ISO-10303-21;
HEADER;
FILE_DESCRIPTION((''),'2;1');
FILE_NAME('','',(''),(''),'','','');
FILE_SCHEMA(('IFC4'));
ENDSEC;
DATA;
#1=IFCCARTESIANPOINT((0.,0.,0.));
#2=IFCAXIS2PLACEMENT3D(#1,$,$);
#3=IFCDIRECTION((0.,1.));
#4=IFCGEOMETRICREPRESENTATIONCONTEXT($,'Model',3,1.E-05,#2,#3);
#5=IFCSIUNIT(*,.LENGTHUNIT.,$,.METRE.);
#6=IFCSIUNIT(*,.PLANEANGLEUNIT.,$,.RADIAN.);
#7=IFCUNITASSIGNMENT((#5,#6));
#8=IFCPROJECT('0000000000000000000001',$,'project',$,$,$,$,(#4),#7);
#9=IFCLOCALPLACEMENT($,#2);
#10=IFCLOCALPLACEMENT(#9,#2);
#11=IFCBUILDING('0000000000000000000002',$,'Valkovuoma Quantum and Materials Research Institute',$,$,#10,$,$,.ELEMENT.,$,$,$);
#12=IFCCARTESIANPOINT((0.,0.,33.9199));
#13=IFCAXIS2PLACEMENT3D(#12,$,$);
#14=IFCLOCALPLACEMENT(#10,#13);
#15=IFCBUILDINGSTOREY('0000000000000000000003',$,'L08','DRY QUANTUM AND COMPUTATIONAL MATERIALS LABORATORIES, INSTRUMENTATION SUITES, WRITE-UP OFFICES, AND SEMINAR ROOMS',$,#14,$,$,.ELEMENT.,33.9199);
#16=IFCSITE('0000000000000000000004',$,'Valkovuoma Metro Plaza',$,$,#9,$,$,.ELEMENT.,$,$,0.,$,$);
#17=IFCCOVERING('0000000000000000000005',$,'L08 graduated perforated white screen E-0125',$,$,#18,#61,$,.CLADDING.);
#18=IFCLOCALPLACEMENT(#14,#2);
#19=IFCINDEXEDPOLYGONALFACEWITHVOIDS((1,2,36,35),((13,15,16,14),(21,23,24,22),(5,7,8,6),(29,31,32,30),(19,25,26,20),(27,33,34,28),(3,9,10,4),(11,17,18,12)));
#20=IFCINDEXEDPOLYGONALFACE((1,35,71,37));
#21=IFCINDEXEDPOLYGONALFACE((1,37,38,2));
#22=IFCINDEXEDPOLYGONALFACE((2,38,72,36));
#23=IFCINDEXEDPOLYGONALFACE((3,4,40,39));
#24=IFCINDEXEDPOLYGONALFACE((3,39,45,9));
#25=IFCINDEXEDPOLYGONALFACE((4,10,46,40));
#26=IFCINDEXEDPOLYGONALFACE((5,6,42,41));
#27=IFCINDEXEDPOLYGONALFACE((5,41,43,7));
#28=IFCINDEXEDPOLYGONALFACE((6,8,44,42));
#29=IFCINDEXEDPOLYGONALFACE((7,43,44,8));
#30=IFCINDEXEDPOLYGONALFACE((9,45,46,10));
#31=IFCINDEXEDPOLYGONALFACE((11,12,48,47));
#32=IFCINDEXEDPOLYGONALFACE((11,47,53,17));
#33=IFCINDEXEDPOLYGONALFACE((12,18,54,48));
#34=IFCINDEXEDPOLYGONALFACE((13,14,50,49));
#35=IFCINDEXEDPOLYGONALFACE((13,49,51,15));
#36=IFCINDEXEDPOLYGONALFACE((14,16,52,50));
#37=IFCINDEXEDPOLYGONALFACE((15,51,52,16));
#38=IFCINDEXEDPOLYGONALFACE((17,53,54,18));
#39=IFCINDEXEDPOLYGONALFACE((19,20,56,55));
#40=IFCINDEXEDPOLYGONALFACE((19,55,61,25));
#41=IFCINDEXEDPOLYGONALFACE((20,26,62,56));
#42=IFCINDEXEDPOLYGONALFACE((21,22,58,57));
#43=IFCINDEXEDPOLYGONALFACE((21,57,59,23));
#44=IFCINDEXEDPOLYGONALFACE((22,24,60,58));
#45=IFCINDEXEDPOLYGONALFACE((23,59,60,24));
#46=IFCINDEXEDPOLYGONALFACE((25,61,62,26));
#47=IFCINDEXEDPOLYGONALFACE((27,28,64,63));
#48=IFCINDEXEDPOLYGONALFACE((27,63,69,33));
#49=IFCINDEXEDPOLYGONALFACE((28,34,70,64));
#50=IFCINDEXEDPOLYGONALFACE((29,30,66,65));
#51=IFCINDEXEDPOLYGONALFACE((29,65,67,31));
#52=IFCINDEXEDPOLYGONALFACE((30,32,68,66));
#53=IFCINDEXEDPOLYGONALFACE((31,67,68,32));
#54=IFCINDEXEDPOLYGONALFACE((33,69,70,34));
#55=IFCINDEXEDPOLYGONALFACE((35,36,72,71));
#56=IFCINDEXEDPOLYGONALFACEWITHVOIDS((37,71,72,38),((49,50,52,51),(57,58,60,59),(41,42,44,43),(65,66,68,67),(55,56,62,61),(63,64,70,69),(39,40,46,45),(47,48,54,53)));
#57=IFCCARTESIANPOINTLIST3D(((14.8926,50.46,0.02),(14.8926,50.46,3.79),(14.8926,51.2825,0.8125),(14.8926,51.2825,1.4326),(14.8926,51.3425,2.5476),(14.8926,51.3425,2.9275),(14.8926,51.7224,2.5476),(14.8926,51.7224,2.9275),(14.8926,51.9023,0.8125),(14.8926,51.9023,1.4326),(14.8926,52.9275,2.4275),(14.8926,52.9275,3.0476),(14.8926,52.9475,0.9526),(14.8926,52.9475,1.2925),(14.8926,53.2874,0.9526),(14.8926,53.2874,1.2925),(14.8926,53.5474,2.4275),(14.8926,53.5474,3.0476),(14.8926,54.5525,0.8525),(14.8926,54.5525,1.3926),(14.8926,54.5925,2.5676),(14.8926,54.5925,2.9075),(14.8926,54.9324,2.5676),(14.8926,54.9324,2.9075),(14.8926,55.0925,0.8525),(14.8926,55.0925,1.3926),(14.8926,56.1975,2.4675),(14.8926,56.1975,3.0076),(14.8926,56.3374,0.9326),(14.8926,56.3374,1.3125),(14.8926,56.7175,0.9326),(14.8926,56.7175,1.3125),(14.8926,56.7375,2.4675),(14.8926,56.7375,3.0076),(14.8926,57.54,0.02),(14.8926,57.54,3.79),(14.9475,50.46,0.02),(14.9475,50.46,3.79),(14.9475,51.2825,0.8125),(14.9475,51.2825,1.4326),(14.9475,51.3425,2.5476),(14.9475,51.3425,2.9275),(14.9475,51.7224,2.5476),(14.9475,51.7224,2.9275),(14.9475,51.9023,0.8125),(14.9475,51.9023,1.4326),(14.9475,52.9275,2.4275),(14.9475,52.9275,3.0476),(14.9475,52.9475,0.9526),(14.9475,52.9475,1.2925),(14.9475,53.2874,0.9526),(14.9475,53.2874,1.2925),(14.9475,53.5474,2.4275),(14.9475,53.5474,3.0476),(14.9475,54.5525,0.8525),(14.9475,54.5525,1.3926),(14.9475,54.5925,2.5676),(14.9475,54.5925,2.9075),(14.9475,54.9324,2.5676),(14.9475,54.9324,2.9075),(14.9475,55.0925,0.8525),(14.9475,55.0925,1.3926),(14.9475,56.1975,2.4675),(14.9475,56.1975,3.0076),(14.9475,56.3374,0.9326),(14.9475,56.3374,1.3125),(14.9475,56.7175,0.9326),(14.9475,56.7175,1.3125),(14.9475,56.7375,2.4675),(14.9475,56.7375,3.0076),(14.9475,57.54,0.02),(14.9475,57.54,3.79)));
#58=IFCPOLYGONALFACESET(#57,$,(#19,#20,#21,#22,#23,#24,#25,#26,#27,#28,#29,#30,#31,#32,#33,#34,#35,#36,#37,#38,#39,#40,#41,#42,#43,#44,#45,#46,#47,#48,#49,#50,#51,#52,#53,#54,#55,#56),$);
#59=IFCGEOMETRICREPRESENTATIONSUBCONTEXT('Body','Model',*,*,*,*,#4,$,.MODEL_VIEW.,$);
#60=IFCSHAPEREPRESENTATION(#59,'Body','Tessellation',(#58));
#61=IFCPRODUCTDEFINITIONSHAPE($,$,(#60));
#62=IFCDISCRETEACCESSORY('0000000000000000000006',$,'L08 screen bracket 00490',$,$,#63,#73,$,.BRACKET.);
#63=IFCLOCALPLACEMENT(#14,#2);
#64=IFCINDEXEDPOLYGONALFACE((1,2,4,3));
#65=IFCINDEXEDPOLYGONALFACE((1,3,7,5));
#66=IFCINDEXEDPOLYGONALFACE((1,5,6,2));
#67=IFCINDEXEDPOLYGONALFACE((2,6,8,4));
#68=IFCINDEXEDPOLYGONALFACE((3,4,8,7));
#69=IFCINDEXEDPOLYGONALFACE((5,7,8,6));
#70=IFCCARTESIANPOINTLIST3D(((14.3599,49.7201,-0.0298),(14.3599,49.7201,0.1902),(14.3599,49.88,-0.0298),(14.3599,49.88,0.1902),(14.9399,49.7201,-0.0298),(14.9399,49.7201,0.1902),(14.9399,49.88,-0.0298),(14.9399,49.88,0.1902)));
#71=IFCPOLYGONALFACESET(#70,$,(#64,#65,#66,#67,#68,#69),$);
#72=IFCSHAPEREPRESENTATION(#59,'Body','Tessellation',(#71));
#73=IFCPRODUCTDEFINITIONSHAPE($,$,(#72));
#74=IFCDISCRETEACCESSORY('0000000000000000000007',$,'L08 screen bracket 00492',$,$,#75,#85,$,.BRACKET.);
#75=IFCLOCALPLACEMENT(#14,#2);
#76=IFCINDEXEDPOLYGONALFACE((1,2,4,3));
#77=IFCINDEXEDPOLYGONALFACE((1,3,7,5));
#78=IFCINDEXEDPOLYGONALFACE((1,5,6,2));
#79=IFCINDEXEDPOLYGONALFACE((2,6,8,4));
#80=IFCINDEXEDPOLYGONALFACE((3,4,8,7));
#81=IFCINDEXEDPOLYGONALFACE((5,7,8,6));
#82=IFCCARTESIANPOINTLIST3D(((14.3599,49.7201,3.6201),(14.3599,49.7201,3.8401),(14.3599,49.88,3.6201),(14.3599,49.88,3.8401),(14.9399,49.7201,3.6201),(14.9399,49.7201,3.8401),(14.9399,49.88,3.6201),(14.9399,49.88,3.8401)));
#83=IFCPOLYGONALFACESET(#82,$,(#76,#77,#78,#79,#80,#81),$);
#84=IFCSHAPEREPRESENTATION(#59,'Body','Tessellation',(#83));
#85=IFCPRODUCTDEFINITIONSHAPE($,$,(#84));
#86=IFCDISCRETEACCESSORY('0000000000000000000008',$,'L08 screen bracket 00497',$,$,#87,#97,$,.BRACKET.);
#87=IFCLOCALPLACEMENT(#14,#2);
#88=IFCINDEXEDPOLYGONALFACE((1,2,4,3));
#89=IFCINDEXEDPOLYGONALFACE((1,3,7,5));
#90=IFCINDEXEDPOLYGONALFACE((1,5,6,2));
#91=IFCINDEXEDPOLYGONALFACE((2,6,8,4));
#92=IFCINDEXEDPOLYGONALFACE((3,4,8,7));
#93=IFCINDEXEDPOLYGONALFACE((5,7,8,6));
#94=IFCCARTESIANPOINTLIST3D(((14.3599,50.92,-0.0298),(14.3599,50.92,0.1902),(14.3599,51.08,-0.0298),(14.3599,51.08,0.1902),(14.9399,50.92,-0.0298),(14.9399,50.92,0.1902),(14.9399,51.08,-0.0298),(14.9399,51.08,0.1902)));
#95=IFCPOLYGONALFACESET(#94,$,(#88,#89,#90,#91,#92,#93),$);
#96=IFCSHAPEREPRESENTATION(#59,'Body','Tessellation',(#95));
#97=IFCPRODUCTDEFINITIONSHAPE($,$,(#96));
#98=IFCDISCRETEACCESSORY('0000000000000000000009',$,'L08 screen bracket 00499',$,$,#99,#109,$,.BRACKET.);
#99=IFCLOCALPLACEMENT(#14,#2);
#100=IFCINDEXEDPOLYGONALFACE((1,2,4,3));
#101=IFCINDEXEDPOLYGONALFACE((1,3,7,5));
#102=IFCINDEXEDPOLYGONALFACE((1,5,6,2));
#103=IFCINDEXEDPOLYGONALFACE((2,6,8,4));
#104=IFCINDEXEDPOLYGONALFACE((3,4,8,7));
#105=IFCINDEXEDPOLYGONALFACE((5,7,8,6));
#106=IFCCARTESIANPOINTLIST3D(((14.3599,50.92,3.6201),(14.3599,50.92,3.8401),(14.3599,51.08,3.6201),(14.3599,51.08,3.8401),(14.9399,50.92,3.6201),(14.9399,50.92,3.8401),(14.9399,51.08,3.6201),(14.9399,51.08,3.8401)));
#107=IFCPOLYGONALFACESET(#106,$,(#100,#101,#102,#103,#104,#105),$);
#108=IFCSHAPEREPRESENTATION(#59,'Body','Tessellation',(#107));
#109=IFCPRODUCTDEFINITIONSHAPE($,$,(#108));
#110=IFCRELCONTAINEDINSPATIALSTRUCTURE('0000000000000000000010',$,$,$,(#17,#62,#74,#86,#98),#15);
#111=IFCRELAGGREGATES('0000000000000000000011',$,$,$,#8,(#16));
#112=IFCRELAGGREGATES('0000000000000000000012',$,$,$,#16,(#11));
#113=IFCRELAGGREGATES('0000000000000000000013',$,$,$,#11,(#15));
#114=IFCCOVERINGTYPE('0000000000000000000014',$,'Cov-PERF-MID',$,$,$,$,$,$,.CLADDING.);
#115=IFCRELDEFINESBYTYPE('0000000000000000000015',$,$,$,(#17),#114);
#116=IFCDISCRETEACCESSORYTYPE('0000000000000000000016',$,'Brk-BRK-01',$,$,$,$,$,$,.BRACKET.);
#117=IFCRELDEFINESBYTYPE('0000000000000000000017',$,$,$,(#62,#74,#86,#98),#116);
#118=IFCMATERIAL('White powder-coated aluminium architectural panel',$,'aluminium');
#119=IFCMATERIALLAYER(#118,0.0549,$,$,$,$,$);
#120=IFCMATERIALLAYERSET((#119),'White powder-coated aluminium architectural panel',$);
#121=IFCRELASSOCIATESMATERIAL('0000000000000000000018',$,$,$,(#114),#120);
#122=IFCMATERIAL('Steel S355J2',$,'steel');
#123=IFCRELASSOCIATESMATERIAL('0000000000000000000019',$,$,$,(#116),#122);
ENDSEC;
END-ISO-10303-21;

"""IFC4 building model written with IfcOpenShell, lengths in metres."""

from ifc_helpers import new_model, si_unit, direction, frame, origin, origin_2d, place, context, subcontext, project, spatial, polyline, rectangle, outline, extrude, material, layer, layer_set, type_object, element, save


model = new_model("IFC4")

# Units and contexts
model_context = context("Model", 3, precision=1e-05, world=origin(), true_north=direction((0.0, 1.0)))
body_context = subcontext(model_context, "Body", "Model", "MODEL_VIEW")
ifc_project = project(units=[si_unit("LENGTHUNIT", "METRE"), si_unit("PLANEANGLEUNIT", "RADIAN")], contexts=[model_context])

# Site, building, storey
site_placement = place(None, origin())
site = spatial("IfcSite", under=ifc_project, at=site_placement, Name="Valkovuoma Metro Plaza", CompositionType="ELEMENT", RefElevation=0.0)
building_placement = place(site_placement, origin())
building = spatial("IfcBuilding", under=site, at=building_placement, Name="Valkovuoma Quantum and Materials Research Institute", CompositionType="ELEMENT")
storey_placement = place(building_placement, frame((0.0, 0.0, 33.9199)))
storey = spatial("IfcBuildingStorey", under=building, at=storey_placement, Name="L08", Description="DRY QUANTUM AND COMPUTATIONAL MATERIALS LABORATORIES, INSTRUMENTATION SUITES, WRITE-UP OFFICES, AND SEMINAR ROOMS", CompositionType="ELEMENT", Elevation=33.9199)

# Covering
ifc_material_1 = material(Name="White powder-coated aluminium architectural panel", Category="aluminium")
ifc_layer_1 = layer(ifc_material_1, 0.0549)
ifc_layer_set_1 = layer_set([ifc_layer_1], Name="White powder-coated aluminium architectural panel")
covering_type = type_object("IfcCoveringType", Name="Cov-PERF-MID", PredefinedType="CLADDING", material=ifc_layer_set_1)
covering_placement = place(storey_placement, frame((14.9199, 50.46, 0.02), z_axis=(0.0, 0.0, 1.0), x_axis=(0.0, 1.0, 0.0)))
element("IfcCovering", 1, at=covering_placement, inside=storey, type_object=covering_type, Name="L08 graduated perforated white screen E-0125", PredefinedType="CLADDING", context=body_context, shape_type="SweptSolid", body=[
    extrude(outline(polyline([(0.0, 0.0), (7.0801, 0.0), (7.0801, 3.77), (0.0, 3.77), (0.0, 0.0)]), holes=[polyline([(0.8225, 0.7925), (0.8225, 1.4126), (1.4424, 1.4126), (1.4424, 0.7925), (0.8225, 0.7925)]), polyline([(0.8826, 2.5276), (0.8826, 2.9075), (1.2625, 2.9075), (1.2625, 2.5276), (0.8826, 2.5276)]), polyline([(2.4875, 0.9326), (2.4875, 1.2725), (2.8274, 1.2725), (2.8274, 0.9326), (2.4875, 0.9326)]), polyline([(2.4675, 2.4075), (2.4675, 3.0276), (3.0874, 3.0276), (3.0874, 2.4075), (2.4675, 2.4075)]), polyline([(4.0925, 0.8325), (4.0925, 1.3726), (4.6326, 1.3726), (4.6326, 0.8325), (4.0925, 0.8325)]), polyline([(4.1326, 2.5476), (4.1326, 2.8875), (4.4724, 2.8875), (4.4724, 2.5476), (4.1326, 2.5476)]), polyline([(5.8774, 0.9126), (5.8774, 1.2925), (6.2576, 1.2925), (6.2576, 0.9126), (5.8774, 0.9126)]), polyline([(5.7375, 2.4475), (5.7375, 2.9875), (6.2776, 2.9875), (6.2776, 2.4475), (5.7375, 2.4475)])]), frame((0.0, 0.0273, 0.0), z_axis=(0.0, -1.0, 0.0), x_axis=(1.0, 0.0, 0.0)), (0.0, 0.0, 1.0), 0.0549),
])

# Discrete accessories
ifc_material_2 = material(Name="Steel S355J2", Category="steel")
discrete_accessory_type = type_object("IfcDiscreteAccessoryType", Name="Brk-BRK-01", PredefinedType="BRACKET", material=ifc_material_2)
for number, where, z_axis, x_axis, name in (
    (2, (14.6499, 49.8, -0.0298), (0.0, 0.0, 1.0), (1.0, 0.0, 0.0), "L08 screen bracket 00490"),
    (3, (14.6499, 49.8, 3.6201), (0.0, 0.0, 1.0), (1.0, 0.0, 0.0), "L08 screen bracket 00492"),
    (4, (14.6499, 51.0, -0.0298), (0.0, 0.0, 1.0), (1.0, 0.0, 0.0), "L08 screen bracket 00497"),
    (5, (14.6499, 51.0, 3.6201), (0.0, 0.0, 1.0), (1.0, 0.0, 0.0), "L08 screen bracket 00499"),
):
    element("IfcDiscreteAccessory", number, at=place(storey_placement, frame(where, z_axis=z_axis, x_axis=x_axis)), inside=storey, type_object=discrete_accessory_type, Name=name, PredefinedType="BRACKET", context=body_context, shape_type="SweptSolid", body=[
        extrude(rectangle(XDim=0.5801, YDim=0.1599, at=origin_2d()), origin(), (0.0, 0.0, 1.0), 0.22),
    ])

save(model, "model.ifc")
